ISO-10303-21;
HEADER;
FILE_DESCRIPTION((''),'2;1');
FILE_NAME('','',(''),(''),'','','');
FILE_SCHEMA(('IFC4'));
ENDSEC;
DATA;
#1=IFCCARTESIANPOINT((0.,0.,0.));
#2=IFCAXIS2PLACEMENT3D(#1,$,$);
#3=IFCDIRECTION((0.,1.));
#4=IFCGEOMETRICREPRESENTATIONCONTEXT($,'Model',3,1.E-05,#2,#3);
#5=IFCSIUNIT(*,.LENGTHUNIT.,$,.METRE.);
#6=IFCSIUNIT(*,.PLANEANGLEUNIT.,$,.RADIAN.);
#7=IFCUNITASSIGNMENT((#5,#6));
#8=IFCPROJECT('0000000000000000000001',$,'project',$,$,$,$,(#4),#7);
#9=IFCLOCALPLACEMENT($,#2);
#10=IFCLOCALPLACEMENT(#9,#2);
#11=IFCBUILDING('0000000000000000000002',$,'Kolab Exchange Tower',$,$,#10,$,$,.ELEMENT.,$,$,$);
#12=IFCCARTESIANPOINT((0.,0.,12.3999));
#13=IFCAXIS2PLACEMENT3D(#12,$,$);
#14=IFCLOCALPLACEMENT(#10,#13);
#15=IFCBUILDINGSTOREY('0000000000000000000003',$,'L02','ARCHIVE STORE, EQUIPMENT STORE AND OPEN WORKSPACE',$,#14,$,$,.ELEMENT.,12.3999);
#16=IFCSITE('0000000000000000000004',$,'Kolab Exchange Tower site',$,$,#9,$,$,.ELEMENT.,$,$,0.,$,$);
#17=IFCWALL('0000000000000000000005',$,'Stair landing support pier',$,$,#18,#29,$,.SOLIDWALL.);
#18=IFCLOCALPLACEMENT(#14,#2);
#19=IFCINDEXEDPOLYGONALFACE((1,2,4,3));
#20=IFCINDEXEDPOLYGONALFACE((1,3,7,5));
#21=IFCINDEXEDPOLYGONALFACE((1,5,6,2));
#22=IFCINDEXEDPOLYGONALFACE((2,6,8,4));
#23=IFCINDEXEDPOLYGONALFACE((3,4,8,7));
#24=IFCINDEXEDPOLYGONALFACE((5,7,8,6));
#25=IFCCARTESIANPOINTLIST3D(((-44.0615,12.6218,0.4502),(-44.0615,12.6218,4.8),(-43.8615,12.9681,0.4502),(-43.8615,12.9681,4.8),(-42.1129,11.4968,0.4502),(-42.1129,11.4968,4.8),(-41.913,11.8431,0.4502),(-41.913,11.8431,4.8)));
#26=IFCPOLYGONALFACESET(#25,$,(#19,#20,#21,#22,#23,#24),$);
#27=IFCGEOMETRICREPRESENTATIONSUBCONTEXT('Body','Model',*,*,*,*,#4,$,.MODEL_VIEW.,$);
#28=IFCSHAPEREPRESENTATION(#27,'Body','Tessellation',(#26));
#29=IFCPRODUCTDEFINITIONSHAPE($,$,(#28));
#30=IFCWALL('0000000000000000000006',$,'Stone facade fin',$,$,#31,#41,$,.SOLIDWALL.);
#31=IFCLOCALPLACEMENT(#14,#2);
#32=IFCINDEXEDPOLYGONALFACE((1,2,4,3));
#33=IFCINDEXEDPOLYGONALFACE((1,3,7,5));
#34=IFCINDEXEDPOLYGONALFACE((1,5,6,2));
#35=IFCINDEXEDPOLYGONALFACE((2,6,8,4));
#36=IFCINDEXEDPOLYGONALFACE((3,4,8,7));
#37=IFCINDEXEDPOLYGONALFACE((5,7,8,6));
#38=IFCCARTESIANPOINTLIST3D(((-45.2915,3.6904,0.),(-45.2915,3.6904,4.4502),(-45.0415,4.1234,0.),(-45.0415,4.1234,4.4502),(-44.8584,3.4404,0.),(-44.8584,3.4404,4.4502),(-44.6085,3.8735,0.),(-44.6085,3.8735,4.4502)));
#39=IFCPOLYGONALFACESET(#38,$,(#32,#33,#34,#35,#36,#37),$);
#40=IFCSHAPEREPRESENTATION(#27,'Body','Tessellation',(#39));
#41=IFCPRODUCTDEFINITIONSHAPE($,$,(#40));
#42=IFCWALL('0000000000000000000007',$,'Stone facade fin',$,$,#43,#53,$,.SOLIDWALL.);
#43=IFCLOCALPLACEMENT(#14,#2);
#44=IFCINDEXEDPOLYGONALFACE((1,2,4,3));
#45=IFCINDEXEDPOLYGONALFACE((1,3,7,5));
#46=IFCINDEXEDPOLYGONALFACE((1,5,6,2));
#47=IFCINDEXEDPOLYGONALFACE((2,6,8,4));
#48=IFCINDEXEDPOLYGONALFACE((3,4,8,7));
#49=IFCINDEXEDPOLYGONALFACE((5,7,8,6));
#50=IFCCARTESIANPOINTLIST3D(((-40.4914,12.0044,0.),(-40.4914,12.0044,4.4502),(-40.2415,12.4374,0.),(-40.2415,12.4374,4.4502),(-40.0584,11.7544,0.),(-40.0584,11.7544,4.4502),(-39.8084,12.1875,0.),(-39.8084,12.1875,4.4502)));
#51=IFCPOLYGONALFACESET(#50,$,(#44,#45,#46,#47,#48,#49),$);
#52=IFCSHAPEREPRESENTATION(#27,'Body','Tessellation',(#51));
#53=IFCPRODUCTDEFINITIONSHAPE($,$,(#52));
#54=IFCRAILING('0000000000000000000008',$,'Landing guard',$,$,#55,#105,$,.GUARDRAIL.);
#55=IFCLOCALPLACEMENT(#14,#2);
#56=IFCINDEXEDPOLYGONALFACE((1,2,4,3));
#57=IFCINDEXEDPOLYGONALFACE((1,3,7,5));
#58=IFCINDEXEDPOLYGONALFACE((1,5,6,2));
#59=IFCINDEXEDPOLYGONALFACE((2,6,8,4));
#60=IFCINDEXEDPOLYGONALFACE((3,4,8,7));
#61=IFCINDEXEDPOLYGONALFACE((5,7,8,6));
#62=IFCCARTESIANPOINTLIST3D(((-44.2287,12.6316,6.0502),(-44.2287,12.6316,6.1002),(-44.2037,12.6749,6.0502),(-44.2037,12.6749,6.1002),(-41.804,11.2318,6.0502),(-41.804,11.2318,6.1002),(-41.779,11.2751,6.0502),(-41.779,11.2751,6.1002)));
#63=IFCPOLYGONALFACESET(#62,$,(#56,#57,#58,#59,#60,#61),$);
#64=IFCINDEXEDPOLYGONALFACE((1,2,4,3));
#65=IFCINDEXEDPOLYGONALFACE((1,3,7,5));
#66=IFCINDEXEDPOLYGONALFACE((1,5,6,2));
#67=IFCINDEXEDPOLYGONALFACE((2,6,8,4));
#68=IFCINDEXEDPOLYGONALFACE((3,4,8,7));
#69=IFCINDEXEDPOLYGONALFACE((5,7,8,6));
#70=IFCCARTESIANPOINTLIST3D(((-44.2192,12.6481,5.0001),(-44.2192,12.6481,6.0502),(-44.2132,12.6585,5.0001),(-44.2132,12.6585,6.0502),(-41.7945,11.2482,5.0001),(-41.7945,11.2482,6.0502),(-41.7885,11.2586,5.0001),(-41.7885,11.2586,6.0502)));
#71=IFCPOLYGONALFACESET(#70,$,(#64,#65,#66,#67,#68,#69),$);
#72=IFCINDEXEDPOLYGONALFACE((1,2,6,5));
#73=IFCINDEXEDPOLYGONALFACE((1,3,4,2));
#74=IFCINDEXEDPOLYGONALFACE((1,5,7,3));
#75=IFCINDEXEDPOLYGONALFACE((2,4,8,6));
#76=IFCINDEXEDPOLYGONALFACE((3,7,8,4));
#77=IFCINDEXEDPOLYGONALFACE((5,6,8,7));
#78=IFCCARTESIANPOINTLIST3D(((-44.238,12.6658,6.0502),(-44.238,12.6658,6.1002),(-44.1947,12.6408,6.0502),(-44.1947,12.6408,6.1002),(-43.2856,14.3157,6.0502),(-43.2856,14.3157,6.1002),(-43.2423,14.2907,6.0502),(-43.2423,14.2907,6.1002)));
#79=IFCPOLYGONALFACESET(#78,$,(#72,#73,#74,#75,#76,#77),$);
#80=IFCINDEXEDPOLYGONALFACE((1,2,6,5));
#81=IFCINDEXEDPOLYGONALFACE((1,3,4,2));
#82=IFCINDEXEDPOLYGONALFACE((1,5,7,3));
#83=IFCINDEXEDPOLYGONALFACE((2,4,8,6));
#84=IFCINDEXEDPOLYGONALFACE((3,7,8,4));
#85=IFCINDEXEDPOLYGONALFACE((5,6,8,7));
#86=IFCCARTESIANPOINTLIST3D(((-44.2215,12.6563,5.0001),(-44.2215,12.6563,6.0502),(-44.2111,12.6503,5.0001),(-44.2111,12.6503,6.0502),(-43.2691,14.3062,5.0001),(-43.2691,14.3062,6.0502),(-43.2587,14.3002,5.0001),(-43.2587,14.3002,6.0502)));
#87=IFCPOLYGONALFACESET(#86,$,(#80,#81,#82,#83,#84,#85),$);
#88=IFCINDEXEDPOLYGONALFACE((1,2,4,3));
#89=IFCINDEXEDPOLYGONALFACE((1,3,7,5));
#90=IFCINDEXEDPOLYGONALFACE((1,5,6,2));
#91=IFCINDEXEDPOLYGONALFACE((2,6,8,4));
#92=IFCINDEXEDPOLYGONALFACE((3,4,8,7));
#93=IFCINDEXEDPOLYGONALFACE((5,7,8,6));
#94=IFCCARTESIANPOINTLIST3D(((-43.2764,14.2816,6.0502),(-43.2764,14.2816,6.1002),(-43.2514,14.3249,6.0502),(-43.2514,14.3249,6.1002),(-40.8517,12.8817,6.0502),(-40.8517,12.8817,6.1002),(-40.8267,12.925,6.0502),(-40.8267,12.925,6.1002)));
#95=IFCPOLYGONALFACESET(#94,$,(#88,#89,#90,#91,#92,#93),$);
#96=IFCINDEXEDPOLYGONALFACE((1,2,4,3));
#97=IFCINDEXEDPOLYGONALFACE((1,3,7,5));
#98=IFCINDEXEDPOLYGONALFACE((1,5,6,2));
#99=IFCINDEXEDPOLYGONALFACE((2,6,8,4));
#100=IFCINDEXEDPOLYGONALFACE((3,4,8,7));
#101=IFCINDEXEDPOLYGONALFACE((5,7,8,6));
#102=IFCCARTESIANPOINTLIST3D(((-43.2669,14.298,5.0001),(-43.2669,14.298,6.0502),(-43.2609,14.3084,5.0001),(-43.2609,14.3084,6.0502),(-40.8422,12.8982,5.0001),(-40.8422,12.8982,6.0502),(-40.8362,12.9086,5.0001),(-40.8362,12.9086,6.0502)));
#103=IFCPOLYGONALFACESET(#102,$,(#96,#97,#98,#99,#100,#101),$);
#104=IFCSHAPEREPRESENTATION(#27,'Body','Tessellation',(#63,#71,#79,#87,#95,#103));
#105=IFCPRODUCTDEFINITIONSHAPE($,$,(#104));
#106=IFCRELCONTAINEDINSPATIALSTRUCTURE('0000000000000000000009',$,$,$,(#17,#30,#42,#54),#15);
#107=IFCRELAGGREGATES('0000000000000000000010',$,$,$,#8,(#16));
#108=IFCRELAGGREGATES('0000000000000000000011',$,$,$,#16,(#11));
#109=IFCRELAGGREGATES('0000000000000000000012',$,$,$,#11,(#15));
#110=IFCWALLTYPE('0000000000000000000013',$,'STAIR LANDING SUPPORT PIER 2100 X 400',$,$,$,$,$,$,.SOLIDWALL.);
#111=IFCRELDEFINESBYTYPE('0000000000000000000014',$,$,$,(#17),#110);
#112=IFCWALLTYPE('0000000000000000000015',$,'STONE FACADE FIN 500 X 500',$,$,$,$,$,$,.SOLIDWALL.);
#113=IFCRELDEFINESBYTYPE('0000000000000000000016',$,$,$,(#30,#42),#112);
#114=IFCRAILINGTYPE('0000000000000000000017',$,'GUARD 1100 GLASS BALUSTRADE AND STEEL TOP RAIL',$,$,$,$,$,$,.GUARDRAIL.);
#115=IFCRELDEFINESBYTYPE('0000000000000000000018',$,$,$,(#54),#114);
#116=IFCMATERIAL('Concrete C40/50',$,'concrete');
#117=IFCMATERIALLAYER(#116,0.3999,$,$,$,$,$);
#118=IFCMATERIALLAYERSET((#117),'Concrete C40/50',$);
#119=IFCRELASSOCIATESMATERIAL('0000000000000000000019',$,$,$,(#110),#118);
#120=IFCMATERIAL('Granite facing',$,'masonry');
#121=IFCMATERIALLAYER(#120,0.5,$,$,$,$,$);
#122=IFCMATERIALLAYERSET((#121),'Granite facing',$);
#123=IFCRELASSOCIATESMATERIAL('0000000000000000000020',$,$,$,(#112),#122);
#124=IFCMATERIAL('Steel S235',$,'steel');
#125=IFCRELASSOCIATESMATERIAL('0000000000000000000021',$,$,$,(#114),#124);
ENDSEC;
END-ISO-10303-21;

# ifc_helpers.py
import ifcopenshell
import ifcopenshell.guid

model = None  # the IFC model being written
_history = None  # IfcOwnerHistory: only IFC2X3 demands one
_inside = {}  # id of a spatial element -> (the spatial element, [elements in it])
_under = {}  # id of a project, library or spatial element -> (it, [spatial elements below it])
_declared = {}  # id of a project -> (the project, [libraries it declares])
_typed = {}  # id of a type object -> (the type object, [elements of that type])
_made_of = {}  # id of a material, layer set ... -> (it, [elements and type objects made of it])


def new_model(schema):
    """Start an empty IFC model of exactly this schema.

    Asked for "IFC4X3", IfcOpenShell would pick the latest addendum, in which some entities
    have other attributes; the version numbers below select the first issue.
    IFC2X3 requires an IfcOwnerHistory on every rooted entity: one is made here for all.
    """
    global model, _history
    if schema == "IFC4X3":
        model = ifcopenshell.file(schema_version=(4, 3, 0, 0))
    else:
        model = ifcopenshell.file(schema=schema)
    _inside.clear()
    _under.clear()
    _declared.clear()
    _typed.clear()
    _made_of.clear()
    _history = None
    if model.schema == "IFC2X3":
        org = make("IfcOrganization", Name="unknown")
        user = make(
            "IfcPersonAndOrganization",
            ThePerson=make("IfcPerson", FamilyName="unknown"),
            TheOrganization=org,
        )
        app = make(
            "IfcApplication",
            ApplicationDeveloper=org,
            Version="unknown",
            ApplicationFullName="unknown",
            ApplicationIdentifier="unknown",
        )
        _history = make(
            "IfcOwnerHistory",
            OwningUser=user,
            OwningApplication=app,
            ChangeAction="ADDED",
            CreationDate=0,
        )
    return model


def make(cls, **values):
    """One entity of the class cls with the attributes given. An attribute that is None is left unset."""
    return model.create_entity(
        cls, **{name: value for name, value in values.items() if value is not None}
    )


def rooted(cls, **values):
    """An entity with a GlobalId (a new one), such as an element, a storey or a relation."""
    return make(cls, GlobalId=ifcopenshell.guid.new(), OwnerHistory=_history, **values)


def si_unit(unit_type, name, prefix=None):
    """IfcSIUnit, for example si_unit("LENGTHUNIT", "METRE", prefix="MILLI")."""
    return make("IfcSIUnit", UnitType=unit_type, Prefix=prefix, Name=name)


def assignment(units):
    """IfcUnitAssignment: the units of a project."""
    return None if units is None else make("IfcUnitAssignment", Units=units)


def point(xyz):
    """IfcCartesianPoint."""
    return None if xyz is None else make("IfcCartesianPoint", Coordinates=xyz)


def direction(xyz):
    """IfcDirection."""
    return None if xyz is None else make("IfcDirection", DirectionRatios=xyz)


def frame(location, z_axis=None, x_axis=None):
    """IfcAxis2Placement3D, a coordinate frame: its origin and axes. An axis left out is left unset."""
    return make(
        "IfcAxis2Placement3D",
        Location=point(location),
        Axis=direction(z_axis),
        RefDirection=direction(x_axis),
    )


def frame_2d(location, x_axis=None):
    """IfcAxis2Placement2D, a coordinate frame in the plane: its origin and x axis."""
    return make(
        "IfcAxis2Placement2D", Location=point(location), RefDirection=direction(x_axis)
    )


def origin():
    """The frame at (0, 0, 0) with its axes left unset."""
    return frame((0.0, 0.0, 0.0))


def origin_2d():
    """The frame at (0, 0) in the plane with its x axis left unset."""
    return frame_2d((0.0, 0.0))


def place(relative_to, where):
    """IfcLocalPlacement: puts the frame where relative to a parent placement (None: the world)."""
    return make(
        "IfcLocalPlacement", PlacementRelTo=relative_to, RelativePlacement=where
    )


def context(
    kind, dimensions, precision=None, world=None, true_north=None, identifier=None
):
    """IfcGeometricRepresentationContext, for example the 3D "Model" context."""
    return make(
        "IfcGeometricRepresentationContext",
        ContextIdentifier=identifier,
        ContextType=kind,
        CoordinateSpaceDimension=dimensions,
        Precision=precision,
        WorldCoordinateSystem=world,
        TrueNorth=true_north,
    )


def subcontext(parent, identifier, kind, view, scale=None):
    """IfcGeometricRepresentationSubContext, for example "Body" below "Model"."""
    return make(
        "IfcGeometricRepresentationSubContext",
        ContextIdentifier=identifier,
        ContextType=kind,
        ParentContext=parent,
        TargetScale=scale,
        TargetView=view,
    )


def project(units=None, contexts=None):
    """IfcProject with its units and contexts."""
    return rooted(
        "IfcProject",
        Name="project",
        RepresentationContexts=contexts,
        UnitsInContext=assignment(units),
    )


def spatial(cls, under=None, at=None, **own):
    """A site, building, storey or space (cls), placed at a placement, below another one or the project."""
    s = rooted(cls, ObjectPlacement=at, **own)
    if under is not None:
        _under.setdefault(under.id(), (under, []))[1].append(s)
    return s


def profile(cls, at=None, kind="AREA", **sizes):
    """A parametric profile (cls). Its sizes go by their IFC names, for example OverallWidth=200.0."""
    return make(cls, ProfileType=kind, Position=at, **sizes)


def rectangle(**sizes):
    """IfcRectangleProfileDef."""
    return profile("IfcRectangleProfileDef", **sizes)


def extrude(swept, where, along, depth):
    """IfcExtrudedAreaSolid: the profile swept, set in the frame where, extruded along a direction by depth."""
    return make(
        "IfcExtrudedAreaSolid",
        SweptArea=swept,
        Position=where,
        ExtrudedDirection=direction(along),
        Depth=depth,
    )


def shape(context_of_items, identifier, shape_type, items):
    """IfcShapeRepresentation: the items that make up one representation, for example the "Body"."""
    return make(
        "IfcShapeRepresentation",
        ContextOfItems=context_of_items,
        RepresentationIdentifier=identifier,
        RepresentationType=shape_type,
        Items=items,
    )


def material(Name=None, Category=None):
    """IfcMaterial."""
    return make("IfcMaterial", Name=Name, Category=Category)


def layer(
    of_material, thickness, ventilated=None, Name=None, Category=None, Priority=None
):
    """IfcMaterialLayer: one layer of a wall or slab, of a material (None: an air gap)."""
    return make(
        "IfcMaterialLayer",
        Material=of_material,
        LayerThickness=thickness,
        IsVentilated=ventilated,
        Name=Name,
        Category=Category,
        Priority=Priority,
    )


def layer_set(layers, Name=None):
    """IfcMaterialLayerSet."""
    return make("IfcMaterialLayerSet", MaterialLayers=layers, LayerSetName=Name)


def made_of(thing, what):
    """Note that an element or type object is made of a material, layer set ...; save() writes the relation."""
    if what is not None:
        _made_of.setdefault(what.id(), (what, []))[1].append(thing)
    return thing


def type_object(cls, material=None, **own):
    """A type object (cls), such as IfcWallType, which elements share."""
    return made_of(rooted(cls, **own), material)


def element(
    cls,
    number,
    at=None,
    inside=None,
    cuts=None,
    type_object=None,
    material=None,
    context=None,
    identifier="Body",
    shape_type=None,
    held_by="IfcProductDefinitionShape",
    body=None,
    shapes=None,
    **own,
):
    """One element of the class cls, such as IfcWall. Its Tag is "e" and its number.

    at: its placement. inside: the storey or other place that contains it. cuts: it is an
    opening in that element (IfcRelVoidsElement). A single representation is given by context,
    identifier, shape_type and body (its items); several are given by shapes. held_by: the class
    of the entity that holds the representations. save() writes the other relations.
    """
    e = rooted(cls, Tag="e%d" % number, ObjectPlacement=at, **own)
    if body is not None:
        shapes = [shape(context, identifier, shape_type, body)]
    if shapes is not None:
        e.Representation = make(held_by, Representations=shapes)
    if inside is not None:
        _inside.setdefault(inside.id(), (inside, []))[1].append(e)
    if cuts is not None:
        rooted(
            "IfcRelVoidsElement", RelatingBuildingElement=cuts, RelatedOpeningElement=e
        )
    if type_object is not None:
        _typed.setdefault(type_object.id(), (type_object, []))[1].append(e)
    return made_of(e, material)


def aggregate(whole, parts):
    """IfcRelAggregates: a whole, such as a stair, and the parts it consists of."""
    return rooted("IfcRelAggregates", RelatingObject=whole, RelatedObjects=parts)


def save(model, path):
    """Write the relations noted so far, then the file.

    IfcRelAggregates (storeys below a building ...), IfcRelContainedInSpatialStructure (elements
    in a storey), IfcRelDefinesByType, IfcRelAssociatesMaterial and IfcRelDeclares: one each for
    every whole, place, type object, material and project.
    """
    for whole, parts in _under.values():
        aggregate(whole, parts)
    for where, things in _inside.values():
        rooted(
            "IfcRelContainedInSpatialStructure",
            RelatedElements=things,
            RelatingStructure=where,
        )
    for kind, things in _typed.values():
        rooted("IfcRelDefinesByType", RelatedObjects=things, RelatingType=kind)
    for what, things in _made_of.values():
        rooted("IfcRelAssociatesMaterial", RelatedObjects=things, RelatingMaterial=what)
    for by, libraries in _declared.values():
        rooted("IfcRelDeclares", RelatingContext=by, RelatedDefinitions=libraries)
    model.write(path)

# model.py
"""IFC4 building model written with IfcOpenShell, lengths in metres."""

from ifc_helpers import new_model, si_unit, direction, frame, frame_2d, origin, origin_2d, place, context, subcontext, project, spatial, rectangle, extrude, material, layer, layer_set, type_object, element, save


model = new_model("IFC4")

# Units and contexts
model_context = context("Model", 3, precision=1e-05, world=origin(), true_north=direction((0.0, 1.0)))
body_context = subcontext(model_context, "Body", "Model", "MODEL_VIEW")
ifc_project = project(units=[si_unit("LENGTHUNIT", "METRE"), si_unit("PLANEANGLEUNIT", "RADIAN")], contexts=[model_context])

# Site, building, storey
site_placement = place(None, origin())
site = spatial("IfcSite", under=ifc_project, at=site_placement, Name="Kolab Exchange Tower site", CompositionType="ELEMENT", RefElevation=0.0)
building_placement = place(site_placement, origin())
building = spatial("IfcBuilding", under=site, at=building_placement, Name="Kolab Exchange Tower", CompositionType="ELEMENT")
storey_placement = place(building_placement, frame((0.0, 0.0, 12.3999)))
storey = spatial("IfcBuildingStorey", under=building, at=storey_placement, Name="L02", Description="ARCHIVE STORE, EQUIPMENT STORE AND OPEN WORKSPACE", CompositionType="ELEMENT", Elevation=12.3999)

# Walls
ifc_material_1 = material(Name="Granite facing", Category="masonry")
ifc_material_2 = material(Name="Concrete C40/50", Category="concrete")
ifc_layer_1 = layer(ifc_material_2, 0.3999)
ifc_layer_set_1 = layer_set([ifc_layer_1], Name="Concrete C40/50")
wall_type_1 = type_object("IfcWallType", Name="STAIR LANDING SUPPORT PIER 2100 X 400", PredefinedType="SOLIDWALL", material=ifc_layer_set_1)
wall_1_placement = place(storey_placement, frame((-42.0129, 11.6699, 0.4502), z_axis=(0.0, 0.0, 1.0), x_axis=(-0.866018, 0.500014, 0.0)))
element("IfcWall", 1, at=wall_1_placement, inside=storey, type_object=wall_type_1, Name="Stair landing support pier", PredefinedType="SOLIDWALL", context=body_context, shape_type="SweptSolid", body=[
    extrude(rectangle(XDim=2.25, YDim=0.3999, at=frame_2d((1.125, 0.0))), origin(), (0.0, 0.0, 1.0), 4.3499),
])
ifc_layer_2 = layer(ifc_material_1, 0.5)
ifc_layer_set_2 = layer_set([ifc_layer_2], Name="Granite facing")
wall_type_2 = type_object("IfcWallType", Name="STONE FACADE FIN 500 X 500", PredefinedType="SOLIDWALL", material=ifc_layer_set_2)
for number, where, z_axis, x_axis, name in (
    (2, (-45.075, 3.5654, 0.0), (0.0, 0.0, 1.0), (0.49992, 0.866072, 0.0), "Stone facade fin"),
    (3, (-40.2749, 11.8794, 0.0), (0.0, 0.0, 1.0), (0.49992, 0.866072, 0.0), "Stone facade fin"),
):
    element("IfcWall", number, at=place(storey_placement, frame(where, z_axis=z_axis, x_axis=x_axis)), inside=storey, type_object=wall_type_2, Name=name, PredefinedType="SOLIDWALL", context=body_context, shape_type="SweptSolid", body=[
        extrude(rectangle(XDim=0.5, YDim=0.5, at=frame_2d((0.25, 0.0))), origin(), (0.0, 0.0, 1.0), 4.4502),
    ])

# Railing
ifc_material_3 = material(Name="Steel S235", Category="steel")
railing_type = type_object("IfcRailingType", Name="GUARD 1100 GLASS BALUSTRADE AND STEEL TOP RAIL", PredefinedType="GUARDRAIL", material=ifc_material_3)
railing_placement = place(storey_placement, frame((-41.7915, 11.2534, 5.0)))
element("IfcRailing", 4, at=railing_placement, inside=storey, type_object=railing_type, Name="Landing guard", PredefinedType="GUARDRAIL", context=body_context, shape_type="SweptSolid", body=[
    extrude(rectangle(XDim=0.05, YDim=0.05, at=origin_2d()), frame((0.0, 0.0, 1.0752), z_axis=(-0.866035, 0.499984, 0.0), x_axis=(-0.499984, -0.866035, 0.0)), (0.0, 0.0, 1.0), 2.7998),
    extrude(rectangle(XDim=0.012, YDim=1.0501, at=frame_2d((0.0, 0.5251))), frame((0.0, 0.0, 0.0), z_axis=(-0.866035, 0.499984, 0.0), x_axis=(-0.499984, -0.866035, 0.0)), (0.0, 0.0, 1.0), 2.7998),
    extrude(rectangle(XDim=0.05, YDim=0.05, at=origin_2d()), frame((-2.4248, 1.3999, 1.0752), z_axis=(0.49993, 0.866066, 0.0), x_axis=(-0.866066, 0.49993, 0.0)), (0.0, 0.0, 1.0), 1.905),
    extrude(rectangle(XDim=0.012, YDim=1.0501, at=frame_2d((0.0, 0.5251))), frame((-2.4248, 1.3999, 0.0), z_axis=(0.49993, 0.866066, 0.0), x_axis=(-0.866066, 0.49993, 0.0)), (0.0, 0.0, 1.0), 1.905),
    extrude(rectangle(XDim=0.05, YDim=0.05, at=origin_2d()), frame((-1.4724, 3.0498, 1.0752), z_axis=(0.866035, -0.499984, 0.0), x_axis=(0.499984, 0.866035, 0.0)), (0.0, 0.0, 1.0), 2.7998),
    extrude(rectangle(XDim=0.012, YDim=1.0501, at=frame_2d((0.0, 0.5251))), frame((-1.4724, 3.0498, 0.0), z_axis=(0.866035, -0.499984, 0.0), x_axis=(0.499984, 0.866035, 0.0)), (0.0, 0.0, 1.0), 2.7998),
])

save(model, "model.ifc")
